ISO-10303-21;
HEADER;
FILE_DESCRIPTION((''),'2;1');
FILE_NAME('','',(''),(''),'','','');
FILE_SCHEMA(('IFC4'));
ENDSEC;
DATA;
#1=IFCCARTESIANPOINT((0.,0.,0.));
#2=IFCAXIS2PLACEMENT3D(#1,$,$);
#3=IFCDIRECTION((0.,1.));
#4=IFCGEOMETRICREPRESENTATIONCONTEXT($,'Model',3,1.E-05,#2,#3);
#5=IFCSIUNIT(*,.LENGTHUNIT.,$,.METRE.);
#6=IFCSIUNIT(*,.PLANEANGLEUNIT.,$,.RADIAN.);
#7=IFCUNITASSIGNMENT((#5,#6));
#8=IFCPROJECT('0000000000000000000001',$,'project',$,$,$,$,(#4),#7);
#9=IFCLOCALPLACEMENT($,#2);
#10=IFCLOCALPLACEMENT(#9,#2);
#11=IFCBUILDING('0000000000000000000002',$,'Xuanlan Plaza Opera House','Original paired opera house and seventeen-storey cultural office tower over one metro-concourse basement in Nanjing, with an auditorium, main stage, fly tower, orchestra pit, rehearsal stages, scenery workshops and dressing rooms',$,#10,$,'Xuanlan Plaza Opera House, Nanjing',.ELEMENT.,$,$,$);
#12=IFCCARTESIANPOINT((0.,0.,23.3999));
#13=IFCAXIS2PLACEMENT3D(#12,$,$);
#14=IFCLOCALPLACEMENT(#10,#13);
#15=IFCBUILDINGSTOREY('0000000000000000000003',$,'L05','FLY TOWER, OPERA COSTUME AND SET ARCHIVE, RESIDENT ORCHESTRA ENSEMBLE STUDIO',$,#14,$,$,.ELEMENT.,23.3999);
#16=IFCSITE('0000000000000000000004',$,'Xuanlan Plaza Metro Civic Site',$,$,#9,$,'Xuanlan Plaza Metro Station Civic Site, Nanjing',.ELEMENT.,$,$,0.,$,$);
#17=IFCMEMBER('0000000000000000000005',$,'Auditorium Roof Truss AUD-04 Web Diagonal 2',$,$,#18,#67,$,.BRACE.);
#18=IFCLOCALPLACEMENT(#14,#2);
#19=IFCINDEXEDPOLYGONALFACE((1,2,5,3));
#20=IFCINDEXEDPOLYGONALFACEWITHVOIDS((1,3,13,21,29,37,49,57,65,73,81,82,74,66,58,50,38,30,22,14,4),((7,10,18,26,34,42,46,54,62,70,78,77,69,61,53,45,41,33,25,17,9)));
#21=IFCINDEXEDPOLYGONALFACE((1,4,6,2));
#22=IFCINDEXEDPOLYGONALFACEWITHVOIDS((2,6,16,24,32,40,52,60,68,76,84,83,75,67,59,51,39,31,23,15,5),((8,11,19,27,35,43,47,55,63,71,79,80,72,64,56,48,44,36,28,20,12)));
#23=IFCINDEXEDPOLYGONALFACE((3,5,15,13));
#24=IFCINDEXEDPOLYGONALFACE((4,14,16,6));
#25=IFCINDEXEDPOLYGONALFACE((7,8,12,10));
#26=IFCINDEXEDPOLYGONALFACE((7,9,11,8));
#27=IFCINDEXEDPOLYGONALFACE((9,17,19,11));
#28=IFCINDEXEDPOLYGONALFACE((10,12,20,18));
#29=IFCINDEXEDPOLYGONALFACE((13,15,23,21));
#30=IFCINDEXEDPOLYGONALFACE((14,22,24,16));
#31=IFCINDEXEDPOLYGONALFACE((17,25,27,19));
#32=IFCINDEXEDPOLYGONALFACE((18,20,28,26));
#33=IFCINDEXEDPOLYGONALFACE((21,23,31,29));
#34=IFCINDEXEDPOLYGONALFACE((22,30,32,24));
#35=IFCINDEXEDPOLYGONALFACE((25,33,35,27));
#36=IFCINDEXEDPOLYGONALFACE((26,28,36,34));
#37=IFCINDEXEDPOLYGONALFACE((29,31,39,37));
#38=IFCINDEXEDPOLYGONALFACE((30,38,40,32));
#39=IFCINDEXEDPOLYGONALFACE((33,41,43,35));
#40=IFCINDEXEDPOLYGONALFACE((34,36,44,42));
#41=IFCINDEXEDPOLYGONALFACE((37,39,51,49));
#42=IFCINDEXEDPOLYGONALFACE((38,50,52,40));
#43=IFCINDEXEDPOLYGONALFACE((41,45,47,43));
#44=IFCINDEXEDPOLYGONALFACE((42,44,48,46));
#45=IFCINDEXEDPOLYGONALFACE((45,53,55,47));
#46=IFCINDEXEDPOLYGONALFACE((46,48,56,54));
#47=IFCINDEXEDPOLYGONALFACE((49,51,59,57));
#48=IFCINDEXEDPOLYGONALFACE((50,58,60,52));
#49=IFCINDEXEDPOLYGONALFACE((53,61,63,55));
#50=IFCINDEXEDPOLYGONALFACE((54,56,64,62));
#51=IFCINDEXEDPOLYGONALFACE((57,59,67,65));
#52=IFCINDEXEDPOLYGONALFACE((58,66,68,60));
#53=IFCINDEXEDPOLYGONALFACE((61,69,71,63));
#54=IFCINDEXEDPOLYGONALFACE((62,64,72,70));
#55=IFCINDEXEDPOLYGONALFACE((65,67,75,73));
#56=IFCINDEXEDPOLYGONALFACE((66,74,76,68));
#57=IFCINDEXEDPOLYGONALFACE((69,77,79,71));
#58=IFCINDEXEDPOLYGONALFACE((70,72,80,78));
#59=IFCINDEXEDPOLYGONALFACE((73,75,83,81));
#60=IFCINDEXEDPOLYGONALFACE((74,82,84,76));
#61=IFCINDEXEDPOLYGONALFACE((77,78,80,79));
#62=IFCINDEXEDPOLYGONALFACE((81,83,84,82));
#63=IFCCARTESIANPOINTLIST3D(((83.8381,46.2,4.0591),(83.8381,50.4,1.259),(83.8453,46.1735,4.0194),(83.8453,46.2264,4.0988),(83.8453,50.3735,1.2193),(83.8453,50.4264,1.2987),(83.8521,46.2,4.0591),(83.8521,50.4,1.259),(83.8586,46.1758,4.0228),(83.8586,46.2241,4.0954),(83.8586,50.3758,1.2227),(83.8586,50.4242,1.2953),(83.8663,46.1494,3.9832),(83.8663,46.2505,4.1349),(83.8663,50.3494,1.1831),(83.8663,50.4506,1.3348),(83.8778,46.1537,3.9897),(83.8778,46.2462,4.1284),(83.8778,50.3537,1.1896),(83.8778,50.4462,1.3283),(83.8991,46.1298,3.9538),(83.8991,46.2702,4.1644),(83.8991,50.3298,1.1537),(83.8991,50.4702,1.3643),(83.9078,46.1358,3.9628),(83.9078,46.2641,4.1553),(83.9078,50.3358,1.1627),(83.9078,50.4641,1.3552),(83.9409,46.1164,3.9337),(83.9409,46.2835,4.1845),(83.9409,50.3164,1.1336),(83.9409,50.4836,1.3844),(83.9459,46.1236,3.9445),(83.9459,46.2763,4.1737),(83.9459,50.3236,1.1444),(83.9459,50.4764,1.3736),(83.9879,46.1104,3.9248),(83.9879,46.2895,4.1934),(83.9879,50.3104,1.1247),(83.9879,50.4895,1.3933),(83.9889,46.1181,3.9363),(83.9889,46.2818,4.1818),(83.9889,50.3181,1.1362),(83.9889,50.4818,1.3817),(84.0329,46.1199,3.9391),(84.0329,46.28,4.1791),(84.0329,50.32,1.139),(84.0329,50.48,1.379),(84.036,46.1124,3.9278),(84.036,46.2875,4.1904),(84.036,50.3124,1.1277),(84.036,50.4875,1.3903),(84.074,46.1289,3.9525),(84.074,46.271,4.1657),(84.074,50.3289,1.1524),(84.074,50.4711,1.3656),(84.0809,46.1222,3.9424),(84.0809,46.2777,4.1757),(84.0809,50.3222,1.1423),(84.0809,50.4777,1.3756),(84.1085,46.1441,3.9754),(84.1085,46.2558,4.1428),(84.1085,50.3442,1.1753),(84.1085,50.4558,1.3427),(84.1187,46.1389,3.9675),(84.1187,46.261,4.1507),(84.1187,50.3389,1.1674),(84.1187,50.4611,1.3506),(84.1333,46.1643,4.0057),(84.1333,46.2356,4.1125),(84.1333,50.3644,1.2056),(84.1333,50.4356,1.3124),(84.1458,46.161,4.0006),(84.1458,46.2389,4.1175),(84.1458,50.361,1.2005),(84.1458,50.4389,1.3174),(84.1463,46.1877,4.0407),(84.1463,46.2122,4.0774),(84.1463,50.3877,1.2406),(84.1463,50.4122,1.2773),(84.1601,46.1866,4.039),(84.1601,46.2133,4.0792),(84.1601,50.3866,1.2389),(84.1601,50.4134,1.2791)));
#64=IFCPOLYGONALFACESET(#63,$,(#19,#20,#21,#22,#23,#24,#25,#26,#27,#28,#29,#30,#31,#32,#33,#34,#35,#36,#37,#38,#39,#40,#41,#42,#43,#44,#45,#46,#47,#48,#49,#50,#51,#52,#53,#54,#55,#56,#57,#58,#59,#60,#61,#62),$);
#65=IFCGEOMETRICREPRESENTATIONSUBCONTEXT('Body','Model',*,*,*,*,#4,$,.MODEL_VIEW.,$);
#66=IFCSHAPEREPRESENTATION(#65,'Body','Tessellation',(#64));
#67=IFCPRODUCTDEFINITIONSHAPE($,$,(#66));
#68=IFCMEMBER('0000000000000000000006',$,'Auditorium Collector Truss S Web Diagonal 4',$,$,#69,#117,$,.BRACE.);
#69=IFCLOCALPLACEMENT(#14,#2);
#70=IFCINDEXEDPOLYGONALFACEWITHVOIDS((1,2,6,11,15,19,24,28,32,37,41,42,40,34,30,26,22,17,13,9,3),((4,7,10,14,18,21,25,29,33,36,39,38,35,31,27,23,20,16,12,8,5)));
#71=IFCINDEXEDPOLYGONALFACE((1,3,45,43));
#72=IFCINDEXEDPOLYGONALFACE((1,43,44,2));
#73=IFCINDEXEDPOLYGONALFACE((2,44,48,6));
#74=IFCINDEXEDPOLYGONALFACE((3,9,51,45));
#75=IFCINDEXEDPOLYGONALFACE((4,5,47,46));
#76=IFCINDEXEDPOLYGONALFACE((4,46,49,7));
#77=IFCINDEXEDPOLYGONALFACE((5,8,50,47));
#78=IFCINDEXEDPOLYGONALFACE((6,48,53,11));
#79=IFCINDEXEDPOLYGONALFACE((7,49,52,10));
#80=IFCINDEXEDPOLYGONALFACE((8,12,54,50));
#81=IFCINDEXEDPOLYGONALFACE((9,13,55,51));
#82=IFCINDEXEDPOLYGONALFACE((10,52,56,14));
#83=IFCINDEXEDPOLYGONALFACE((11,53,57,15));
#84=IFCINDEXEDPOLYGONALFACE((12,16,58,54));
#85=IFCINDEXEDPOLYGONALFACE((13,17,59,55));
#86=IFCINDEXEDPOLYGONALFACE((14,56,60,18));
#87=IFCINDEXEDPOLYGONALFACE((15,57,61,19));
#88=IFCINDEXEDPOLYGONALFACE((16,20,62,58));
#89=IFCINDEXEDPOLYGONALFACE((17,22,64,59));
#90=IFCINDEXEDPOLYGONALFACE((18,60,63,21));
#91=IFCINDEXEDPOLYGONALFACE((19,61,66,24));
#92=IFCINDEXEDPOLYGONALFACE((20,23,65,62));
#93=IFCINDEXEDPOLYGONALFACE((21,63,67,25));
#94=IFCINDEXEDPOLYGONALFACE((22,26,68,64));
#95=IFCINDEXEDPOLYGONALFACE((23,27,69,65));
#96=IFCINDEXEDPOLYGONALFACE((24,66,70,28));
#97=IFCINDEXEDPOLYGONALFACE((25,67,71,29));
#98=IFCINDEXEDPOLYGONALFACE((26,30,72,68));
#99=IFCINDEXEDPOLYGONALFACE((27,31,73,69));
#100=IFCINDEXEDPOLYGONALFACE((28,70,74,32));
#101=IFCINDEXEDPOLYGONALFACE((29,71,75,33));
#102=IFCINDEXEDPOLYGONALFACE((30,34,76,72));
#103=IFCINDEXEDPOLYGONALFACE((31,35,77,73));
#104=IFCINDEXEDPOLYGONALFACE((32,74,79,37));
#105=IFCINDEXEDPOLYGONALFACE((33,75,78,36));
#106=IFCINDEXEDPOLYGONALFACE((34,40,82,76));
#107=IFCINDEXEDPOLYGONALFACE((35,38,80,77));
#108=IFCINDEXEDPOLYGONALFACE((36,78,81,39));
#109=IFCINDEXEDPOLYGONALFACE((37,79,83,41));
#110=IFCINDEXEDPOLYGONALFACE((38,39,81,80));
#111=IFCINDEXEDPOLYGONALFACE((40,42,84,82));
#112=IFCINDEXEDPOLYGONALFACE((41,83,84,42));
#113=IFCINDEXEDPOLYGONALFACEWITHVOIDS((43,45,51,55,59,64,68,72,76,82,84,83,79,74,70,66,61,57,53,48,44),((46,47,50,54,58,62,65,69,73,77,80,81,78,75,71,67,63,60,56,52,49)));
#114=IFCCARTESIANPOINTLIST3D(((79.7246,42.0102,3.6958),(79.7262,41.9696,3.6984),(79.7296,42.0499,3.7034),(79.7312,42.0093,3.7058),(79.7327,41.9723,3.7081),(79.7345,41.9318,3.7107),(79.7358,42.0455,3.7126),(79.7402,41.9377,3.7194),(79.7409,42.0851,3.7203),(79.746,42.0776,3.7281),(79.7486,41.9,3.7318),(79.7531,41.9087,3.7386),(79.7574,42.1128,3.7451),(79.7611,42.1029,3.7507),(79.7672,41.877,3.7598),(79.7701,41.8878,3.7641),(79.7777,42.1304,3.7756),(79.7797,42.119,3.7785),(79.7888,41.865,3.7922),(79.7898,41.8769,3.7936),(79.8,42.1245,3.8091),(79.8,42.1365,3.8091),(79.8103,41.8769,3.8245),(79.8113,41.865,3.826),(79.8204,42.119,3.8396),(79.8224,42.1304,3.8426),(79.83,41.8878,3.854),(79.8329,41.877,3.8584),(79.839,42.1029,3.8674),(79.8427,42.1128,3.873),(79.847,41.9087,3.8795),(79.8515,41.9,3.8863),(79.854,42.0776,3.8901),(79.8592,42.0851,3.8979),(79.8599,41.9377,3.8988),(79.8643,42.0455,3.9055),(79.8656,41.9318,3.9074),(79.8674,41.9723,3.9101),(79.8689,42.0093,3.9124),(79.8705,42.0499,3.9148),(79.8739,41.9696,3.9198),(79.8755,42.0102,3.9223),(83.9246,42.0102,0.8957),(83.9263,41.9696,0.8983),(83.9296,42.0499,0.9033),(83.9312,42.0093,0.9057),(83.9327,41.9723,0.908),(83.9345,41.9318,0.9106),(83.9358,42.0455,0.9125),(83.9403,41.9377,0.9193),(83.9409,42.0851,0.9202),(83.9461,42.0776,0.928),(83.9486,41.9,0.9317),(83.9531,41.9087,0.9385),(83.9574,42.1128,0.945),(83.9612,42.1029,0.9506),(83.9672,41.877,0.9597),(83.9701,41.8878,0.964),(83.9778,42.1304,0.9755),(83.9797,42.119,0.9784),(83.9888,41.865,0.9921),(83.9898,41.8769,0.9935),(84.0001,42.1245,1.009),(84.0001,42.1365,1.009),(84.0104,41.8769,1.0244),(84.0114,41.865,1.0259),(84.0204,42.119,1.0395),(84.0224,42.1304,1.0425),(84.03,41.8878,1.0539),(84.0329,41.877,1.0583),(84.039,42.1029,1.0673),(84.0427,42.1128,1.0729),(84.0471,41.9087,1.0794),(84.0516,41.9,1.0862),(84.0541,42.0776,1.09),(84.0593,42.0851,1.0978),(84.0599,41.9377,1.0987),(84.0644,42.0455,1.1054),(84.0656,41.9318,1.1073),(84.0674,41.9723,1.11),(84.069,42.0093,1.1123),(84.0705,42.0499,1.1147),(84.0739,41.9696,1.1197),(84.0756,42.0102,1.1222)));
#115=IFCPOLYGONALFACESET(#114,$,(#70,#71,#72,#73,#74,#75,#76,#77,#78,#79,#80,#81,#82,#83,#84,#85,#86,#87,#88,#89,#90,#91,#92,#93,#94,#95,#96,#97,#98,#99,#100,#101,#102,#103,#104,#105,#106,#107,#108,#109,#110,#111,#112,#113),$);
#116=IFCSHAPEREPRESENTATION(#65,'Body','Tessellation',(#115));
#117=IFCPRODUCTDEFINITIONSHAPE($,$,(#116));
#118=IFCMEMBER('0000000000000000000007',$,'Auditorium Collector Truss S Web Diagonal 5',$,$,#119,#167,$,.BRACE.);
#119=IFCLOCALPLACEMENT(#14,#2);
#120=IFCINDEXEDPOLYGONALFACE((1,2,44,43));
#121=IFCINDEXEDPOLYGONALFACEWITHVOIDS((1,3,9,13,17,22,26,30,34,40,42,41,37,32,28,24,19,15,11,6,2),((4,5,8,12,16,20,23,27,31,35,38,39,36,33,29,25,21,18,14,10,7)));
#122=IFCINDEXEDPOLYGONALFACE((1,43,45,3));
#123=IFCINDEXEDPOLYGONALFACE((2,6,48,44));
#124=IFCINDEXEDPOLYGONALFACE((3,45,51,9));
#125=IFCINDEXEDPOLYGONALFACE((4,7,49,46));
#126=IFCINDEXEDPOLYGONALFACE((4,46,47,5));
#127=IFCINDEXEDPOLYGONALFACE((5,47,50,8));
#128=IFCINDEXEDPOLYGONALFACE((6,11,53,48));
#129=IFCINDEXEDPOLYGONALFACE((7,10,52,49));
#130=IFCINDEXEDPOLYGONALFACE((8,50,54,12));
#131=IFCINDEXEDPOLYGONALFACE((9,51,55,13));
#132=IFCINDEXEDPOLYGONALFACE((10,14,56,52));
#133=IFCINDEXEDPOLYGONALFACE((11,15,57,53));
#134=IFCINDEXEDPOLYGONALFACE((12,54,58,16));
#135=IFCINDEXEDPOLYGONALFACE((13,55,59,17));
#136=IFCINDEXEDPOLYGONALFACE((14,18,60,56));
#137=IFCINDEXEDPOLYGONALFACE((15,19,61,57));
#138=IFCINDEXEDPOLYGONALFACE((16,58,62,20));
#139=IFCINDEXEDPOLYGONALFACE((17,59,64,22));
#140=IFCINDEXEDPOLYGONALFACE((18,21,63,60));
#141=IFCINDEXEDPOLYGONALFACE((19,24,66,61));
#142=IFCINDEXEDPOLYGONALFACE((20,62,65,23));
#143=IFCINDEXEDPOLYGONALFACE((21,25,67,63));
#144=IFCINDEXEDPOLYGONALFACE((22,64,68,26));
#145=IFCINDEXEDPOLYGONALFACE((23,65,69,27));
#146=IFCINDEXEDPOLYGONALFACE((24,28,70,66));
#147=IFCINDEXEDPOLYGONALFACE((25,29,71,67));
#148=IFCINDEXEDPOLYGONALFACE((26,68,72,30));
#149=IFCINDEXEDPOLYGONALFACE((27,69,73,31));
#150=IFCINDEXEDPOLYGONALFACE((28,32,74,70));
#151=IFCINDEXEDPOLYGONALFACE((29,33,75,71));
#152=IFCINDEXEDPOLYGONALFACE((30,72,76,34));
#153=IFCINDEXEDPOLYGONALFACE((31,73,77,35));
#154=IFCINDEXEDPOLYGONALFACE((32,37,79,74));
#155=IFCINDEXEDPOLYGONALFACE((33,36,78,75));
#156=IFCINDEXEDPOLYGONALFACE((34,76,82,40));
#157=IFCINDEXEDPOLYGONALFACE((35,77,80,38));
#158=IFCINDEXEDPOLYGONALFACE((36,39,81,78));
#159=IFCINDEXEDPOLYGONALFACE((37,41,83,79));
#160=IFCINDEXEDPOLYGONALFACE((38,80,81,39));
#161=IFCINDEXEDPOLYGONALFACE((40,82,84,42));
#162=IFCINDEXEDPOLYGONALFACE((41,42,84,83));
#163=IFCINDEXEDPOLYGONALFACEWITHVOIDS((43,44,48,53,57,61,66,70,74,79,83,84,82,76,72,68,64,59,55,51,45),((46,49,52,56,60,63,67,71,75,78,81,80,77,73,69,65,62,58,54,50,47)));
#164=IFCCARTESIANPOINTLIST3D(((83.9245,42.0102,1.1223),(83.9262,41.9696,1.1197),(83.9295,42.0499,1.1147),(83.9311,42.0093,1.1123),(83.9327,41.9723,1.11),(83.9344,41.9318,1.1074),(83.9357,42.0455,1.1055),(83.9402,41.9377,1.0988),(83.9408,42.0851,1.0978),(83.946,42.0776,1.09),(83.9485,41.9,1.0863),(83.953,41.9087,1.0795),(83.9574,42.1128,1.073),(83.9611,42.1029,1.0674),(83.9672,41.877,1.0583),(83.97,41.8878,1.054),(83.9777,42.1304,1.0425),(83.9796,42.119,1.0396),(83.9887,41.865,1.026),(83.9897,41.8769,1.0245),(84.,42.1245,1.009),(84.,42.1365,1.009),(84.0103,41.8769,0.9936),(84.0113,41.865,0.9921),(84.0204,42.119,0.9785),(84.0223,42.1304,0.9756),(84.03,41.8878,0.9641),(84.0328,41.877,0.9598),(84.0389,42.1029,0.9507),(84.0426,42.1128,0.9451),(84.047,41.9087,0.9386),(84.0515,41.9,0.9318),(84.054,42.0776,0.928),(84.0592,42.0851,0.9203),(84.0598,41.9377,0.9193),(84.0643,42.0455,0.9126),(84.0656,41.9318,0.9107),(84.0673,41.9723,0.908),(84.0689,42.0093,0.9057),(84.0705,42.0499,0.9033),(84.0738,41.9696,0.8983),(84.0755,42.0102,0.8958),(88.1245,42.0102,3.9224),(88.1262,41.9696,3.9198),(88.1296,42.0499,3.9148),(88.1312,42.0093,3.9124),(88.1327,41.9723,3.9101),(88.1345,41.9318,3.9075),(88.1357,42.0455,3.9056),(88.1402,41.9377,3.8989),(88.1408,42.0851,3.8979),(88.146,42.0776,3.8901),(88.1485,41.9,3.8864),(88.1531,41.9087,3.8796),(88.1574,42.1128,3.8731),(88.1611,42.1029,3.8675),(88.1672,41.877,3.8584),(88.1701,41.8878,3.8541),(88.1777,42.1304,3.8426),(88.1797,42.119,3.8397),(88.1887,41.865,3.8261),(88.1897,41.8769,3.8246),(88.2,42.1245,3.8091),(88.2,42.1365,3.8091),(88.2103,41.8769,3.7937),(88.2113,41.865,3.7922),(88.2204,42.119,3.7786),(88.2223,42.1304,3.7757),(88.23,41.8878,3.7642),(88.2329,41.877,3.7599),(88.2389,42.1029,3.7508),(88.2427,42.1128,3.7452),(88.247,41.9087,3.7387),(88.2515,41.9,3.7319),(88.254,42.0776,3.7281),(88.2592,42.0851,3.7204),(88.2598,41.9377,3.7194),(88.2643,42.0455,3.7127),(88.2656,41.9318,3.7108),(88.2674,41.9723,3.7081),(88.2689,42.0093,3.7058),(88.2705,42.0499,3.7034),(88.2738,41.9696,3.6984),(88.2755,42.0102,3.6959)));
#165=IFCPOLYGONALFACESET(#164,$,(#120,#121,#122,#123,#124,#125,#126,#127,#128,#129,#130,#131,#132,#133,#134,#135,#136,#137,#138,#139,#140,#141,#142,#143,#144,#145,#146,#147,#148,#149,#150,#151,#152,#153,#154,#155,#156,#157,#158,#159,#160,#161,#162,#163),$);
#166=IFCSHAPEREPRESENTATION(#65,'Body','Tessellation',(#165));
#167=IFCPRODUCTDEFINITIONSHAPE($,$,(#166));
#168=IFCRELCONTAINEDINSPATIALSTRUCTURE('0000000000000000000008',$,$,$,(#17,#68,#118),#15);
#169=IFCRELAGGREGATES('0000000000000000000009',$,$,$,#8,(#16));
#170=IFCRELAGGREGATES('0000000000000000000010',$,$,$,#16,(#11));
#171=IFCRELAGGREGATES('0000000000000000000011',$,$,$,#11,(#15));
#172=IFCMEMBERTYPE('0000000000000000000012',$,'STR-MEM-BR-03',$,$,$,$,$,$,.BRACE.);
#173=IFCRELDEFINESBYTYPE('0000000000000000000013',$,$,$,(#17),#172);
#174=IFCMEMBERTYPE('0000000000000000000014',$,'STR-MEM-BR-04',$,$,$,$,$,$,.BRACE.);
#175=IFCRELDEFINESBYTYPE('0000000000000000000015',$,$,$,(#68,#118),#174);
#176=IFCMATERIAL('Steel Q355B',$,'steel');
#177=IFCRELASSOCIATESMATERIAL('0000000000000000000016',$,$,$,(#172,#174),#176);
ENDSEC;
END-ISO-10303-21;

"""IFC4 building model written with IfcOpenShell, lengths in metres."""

from ifc_helpers import new_model, si_unit, direction, frame, origin, origin_2d, place, context, subcontext, project, spatial, hollow_circle, extrude, material, material_profile, profile_set, type_object, element, save


model = new_model("IFC4")

# Units and contexts
model_context = context("Model", 3, precision=1e-05, world=origin(), true_north=direction((0.0, 1.0)))
body_context = subcontext(model_context, "Body", "Model", "MODEL_VIEW")
ifc_project = project(units=[si_unit("LENGTHUNIT", "METRE"), si_unit("PLANEANGLEUNIT", "RADIAN")], contexts=[model_context])

# Site, building, storey
site_placement = place(None, origin())
site = spatial("IfcSite", under=ifc_project, at=site_placement, Name="Xuanlan Plaza Metro Civic Site", LongName="Xuanlan Plaza Metro Station Civic Site, Nanjing", CompositionType="ELEMENT", RefElevation=0.0)
building_placement = place(site_placement, origin())
building = spatial("IfcBuilding", under=site, at=building_placement, Name="Xuanlan Plaza Opera House", Description="Original paired opera house and seventeen-storey cultural office tower over one metro-concourse basement in Nanjing, with an auditorium, main stage, fly tower, orchestra pit, rehearsal stages, scenery workshops and dressing rooms", LongName="Xuanlan Plaza Opera House, Nanjing", CompositionType="ELEMENT")
storey_placement = place(building_placement, frame((0.0, 0.0, 23.3999)))
storey = spatial("IfcBuildingStorey", under=building, at=storey_placement, Name="L05", Description="FLY TOWER, OPERA COSTUME AND SET ARCHIVE, RESIDENT ORCHESTRA ENSEMBLE STUDIO", CompositionType="ELEMENT", Elevation=23.3999)

# Shared definitions
ifc_material_1 = material(Name="Steel Q355B", Category="steel")

# Members
ifc_material_profile_1 = material_profile(ifc_material_1, hollow_circle(Radius=0.1619, WallThickness=0.0139, at=origin_2d()), Name="CHS 323.9x14")
ifc_profile_set_1 = profile_set([ifc_material_profile_1], Name="Steel Q355B")
member_type_1 = type_object("IfcMemberType", Name="STR-MEM-BR-03", PredefinedType="BRACE", material=ifc_profile_set_1)
for number, where, z_axis, x_axis, name in (
    (1, (84.0, 46.2, 4.0591), (0.0, 0.832043, -0.554711), (-1.0, 0.0, 0.0), "Auditorium Roof Truss AUD-04 Web Diagonal 2"),
):
    element("IfcMember", number, at=place(storey_placement, frame(where, z_axis=z_axis, x_axis=x_axis)), inside=storey, type_object=member_type_1, Name=name, PredefinedType="BRACE", context=body_context, shape_type="SweptSolid", body=[
        extrude(hollow_circle(Radius=0.1619, WallThickness=0.0139, at=origin_2d()), origin(), (0.0, 0.0, 1.0), 5.0479),
    ])
ifc_material_profile_2 = material_profile(ifc_material_1, hollow_circle(Radius=0.1365, WallThickness=0.012, at=origin_2d()), Name="CHS 273x12")
ifc_profile_set_2 = profile_set([ifc_material_profile_2], Name="Steel Q355B")
member_type_2 = type_object("IfcMemberType", Name="STR-MEM-BR-04", PredefinedType="BRACE", material=ifc_profile_set_2)
for number, where, z_axis, x_axis, name in (
    (2, (79.8, 42.0, 3.8091), (0.832043, 0.0, -0.554711), (0.0, 1.0, 0.0), "Auditorium Collector Truss S Web Diagonal 4"),
    (3, (84.0, 42.0, 1.009), (0.832043, 0.0, 0.554711), (0.0, 1.0, 0.0), "Auditorium Collector Truss S Web Diagonal 5"),
):
    element("IfcMember", number, at=place(storey_placement, frame(where, z_axis=z_axis, x_axis=x_axis)), inside=storey, type_object=member_type_2, Name=name, PredefinedType="BRACE", context=body_context, shape_type="SweptSolid", body=[
        extrude(hollow_circle(Radius=0.1365, WallThickness=0.012, at=origin_2d()), origin(), (0.0, 0.0, 1.0), 5.0479),
    ])

save(model, "model.ifc")
